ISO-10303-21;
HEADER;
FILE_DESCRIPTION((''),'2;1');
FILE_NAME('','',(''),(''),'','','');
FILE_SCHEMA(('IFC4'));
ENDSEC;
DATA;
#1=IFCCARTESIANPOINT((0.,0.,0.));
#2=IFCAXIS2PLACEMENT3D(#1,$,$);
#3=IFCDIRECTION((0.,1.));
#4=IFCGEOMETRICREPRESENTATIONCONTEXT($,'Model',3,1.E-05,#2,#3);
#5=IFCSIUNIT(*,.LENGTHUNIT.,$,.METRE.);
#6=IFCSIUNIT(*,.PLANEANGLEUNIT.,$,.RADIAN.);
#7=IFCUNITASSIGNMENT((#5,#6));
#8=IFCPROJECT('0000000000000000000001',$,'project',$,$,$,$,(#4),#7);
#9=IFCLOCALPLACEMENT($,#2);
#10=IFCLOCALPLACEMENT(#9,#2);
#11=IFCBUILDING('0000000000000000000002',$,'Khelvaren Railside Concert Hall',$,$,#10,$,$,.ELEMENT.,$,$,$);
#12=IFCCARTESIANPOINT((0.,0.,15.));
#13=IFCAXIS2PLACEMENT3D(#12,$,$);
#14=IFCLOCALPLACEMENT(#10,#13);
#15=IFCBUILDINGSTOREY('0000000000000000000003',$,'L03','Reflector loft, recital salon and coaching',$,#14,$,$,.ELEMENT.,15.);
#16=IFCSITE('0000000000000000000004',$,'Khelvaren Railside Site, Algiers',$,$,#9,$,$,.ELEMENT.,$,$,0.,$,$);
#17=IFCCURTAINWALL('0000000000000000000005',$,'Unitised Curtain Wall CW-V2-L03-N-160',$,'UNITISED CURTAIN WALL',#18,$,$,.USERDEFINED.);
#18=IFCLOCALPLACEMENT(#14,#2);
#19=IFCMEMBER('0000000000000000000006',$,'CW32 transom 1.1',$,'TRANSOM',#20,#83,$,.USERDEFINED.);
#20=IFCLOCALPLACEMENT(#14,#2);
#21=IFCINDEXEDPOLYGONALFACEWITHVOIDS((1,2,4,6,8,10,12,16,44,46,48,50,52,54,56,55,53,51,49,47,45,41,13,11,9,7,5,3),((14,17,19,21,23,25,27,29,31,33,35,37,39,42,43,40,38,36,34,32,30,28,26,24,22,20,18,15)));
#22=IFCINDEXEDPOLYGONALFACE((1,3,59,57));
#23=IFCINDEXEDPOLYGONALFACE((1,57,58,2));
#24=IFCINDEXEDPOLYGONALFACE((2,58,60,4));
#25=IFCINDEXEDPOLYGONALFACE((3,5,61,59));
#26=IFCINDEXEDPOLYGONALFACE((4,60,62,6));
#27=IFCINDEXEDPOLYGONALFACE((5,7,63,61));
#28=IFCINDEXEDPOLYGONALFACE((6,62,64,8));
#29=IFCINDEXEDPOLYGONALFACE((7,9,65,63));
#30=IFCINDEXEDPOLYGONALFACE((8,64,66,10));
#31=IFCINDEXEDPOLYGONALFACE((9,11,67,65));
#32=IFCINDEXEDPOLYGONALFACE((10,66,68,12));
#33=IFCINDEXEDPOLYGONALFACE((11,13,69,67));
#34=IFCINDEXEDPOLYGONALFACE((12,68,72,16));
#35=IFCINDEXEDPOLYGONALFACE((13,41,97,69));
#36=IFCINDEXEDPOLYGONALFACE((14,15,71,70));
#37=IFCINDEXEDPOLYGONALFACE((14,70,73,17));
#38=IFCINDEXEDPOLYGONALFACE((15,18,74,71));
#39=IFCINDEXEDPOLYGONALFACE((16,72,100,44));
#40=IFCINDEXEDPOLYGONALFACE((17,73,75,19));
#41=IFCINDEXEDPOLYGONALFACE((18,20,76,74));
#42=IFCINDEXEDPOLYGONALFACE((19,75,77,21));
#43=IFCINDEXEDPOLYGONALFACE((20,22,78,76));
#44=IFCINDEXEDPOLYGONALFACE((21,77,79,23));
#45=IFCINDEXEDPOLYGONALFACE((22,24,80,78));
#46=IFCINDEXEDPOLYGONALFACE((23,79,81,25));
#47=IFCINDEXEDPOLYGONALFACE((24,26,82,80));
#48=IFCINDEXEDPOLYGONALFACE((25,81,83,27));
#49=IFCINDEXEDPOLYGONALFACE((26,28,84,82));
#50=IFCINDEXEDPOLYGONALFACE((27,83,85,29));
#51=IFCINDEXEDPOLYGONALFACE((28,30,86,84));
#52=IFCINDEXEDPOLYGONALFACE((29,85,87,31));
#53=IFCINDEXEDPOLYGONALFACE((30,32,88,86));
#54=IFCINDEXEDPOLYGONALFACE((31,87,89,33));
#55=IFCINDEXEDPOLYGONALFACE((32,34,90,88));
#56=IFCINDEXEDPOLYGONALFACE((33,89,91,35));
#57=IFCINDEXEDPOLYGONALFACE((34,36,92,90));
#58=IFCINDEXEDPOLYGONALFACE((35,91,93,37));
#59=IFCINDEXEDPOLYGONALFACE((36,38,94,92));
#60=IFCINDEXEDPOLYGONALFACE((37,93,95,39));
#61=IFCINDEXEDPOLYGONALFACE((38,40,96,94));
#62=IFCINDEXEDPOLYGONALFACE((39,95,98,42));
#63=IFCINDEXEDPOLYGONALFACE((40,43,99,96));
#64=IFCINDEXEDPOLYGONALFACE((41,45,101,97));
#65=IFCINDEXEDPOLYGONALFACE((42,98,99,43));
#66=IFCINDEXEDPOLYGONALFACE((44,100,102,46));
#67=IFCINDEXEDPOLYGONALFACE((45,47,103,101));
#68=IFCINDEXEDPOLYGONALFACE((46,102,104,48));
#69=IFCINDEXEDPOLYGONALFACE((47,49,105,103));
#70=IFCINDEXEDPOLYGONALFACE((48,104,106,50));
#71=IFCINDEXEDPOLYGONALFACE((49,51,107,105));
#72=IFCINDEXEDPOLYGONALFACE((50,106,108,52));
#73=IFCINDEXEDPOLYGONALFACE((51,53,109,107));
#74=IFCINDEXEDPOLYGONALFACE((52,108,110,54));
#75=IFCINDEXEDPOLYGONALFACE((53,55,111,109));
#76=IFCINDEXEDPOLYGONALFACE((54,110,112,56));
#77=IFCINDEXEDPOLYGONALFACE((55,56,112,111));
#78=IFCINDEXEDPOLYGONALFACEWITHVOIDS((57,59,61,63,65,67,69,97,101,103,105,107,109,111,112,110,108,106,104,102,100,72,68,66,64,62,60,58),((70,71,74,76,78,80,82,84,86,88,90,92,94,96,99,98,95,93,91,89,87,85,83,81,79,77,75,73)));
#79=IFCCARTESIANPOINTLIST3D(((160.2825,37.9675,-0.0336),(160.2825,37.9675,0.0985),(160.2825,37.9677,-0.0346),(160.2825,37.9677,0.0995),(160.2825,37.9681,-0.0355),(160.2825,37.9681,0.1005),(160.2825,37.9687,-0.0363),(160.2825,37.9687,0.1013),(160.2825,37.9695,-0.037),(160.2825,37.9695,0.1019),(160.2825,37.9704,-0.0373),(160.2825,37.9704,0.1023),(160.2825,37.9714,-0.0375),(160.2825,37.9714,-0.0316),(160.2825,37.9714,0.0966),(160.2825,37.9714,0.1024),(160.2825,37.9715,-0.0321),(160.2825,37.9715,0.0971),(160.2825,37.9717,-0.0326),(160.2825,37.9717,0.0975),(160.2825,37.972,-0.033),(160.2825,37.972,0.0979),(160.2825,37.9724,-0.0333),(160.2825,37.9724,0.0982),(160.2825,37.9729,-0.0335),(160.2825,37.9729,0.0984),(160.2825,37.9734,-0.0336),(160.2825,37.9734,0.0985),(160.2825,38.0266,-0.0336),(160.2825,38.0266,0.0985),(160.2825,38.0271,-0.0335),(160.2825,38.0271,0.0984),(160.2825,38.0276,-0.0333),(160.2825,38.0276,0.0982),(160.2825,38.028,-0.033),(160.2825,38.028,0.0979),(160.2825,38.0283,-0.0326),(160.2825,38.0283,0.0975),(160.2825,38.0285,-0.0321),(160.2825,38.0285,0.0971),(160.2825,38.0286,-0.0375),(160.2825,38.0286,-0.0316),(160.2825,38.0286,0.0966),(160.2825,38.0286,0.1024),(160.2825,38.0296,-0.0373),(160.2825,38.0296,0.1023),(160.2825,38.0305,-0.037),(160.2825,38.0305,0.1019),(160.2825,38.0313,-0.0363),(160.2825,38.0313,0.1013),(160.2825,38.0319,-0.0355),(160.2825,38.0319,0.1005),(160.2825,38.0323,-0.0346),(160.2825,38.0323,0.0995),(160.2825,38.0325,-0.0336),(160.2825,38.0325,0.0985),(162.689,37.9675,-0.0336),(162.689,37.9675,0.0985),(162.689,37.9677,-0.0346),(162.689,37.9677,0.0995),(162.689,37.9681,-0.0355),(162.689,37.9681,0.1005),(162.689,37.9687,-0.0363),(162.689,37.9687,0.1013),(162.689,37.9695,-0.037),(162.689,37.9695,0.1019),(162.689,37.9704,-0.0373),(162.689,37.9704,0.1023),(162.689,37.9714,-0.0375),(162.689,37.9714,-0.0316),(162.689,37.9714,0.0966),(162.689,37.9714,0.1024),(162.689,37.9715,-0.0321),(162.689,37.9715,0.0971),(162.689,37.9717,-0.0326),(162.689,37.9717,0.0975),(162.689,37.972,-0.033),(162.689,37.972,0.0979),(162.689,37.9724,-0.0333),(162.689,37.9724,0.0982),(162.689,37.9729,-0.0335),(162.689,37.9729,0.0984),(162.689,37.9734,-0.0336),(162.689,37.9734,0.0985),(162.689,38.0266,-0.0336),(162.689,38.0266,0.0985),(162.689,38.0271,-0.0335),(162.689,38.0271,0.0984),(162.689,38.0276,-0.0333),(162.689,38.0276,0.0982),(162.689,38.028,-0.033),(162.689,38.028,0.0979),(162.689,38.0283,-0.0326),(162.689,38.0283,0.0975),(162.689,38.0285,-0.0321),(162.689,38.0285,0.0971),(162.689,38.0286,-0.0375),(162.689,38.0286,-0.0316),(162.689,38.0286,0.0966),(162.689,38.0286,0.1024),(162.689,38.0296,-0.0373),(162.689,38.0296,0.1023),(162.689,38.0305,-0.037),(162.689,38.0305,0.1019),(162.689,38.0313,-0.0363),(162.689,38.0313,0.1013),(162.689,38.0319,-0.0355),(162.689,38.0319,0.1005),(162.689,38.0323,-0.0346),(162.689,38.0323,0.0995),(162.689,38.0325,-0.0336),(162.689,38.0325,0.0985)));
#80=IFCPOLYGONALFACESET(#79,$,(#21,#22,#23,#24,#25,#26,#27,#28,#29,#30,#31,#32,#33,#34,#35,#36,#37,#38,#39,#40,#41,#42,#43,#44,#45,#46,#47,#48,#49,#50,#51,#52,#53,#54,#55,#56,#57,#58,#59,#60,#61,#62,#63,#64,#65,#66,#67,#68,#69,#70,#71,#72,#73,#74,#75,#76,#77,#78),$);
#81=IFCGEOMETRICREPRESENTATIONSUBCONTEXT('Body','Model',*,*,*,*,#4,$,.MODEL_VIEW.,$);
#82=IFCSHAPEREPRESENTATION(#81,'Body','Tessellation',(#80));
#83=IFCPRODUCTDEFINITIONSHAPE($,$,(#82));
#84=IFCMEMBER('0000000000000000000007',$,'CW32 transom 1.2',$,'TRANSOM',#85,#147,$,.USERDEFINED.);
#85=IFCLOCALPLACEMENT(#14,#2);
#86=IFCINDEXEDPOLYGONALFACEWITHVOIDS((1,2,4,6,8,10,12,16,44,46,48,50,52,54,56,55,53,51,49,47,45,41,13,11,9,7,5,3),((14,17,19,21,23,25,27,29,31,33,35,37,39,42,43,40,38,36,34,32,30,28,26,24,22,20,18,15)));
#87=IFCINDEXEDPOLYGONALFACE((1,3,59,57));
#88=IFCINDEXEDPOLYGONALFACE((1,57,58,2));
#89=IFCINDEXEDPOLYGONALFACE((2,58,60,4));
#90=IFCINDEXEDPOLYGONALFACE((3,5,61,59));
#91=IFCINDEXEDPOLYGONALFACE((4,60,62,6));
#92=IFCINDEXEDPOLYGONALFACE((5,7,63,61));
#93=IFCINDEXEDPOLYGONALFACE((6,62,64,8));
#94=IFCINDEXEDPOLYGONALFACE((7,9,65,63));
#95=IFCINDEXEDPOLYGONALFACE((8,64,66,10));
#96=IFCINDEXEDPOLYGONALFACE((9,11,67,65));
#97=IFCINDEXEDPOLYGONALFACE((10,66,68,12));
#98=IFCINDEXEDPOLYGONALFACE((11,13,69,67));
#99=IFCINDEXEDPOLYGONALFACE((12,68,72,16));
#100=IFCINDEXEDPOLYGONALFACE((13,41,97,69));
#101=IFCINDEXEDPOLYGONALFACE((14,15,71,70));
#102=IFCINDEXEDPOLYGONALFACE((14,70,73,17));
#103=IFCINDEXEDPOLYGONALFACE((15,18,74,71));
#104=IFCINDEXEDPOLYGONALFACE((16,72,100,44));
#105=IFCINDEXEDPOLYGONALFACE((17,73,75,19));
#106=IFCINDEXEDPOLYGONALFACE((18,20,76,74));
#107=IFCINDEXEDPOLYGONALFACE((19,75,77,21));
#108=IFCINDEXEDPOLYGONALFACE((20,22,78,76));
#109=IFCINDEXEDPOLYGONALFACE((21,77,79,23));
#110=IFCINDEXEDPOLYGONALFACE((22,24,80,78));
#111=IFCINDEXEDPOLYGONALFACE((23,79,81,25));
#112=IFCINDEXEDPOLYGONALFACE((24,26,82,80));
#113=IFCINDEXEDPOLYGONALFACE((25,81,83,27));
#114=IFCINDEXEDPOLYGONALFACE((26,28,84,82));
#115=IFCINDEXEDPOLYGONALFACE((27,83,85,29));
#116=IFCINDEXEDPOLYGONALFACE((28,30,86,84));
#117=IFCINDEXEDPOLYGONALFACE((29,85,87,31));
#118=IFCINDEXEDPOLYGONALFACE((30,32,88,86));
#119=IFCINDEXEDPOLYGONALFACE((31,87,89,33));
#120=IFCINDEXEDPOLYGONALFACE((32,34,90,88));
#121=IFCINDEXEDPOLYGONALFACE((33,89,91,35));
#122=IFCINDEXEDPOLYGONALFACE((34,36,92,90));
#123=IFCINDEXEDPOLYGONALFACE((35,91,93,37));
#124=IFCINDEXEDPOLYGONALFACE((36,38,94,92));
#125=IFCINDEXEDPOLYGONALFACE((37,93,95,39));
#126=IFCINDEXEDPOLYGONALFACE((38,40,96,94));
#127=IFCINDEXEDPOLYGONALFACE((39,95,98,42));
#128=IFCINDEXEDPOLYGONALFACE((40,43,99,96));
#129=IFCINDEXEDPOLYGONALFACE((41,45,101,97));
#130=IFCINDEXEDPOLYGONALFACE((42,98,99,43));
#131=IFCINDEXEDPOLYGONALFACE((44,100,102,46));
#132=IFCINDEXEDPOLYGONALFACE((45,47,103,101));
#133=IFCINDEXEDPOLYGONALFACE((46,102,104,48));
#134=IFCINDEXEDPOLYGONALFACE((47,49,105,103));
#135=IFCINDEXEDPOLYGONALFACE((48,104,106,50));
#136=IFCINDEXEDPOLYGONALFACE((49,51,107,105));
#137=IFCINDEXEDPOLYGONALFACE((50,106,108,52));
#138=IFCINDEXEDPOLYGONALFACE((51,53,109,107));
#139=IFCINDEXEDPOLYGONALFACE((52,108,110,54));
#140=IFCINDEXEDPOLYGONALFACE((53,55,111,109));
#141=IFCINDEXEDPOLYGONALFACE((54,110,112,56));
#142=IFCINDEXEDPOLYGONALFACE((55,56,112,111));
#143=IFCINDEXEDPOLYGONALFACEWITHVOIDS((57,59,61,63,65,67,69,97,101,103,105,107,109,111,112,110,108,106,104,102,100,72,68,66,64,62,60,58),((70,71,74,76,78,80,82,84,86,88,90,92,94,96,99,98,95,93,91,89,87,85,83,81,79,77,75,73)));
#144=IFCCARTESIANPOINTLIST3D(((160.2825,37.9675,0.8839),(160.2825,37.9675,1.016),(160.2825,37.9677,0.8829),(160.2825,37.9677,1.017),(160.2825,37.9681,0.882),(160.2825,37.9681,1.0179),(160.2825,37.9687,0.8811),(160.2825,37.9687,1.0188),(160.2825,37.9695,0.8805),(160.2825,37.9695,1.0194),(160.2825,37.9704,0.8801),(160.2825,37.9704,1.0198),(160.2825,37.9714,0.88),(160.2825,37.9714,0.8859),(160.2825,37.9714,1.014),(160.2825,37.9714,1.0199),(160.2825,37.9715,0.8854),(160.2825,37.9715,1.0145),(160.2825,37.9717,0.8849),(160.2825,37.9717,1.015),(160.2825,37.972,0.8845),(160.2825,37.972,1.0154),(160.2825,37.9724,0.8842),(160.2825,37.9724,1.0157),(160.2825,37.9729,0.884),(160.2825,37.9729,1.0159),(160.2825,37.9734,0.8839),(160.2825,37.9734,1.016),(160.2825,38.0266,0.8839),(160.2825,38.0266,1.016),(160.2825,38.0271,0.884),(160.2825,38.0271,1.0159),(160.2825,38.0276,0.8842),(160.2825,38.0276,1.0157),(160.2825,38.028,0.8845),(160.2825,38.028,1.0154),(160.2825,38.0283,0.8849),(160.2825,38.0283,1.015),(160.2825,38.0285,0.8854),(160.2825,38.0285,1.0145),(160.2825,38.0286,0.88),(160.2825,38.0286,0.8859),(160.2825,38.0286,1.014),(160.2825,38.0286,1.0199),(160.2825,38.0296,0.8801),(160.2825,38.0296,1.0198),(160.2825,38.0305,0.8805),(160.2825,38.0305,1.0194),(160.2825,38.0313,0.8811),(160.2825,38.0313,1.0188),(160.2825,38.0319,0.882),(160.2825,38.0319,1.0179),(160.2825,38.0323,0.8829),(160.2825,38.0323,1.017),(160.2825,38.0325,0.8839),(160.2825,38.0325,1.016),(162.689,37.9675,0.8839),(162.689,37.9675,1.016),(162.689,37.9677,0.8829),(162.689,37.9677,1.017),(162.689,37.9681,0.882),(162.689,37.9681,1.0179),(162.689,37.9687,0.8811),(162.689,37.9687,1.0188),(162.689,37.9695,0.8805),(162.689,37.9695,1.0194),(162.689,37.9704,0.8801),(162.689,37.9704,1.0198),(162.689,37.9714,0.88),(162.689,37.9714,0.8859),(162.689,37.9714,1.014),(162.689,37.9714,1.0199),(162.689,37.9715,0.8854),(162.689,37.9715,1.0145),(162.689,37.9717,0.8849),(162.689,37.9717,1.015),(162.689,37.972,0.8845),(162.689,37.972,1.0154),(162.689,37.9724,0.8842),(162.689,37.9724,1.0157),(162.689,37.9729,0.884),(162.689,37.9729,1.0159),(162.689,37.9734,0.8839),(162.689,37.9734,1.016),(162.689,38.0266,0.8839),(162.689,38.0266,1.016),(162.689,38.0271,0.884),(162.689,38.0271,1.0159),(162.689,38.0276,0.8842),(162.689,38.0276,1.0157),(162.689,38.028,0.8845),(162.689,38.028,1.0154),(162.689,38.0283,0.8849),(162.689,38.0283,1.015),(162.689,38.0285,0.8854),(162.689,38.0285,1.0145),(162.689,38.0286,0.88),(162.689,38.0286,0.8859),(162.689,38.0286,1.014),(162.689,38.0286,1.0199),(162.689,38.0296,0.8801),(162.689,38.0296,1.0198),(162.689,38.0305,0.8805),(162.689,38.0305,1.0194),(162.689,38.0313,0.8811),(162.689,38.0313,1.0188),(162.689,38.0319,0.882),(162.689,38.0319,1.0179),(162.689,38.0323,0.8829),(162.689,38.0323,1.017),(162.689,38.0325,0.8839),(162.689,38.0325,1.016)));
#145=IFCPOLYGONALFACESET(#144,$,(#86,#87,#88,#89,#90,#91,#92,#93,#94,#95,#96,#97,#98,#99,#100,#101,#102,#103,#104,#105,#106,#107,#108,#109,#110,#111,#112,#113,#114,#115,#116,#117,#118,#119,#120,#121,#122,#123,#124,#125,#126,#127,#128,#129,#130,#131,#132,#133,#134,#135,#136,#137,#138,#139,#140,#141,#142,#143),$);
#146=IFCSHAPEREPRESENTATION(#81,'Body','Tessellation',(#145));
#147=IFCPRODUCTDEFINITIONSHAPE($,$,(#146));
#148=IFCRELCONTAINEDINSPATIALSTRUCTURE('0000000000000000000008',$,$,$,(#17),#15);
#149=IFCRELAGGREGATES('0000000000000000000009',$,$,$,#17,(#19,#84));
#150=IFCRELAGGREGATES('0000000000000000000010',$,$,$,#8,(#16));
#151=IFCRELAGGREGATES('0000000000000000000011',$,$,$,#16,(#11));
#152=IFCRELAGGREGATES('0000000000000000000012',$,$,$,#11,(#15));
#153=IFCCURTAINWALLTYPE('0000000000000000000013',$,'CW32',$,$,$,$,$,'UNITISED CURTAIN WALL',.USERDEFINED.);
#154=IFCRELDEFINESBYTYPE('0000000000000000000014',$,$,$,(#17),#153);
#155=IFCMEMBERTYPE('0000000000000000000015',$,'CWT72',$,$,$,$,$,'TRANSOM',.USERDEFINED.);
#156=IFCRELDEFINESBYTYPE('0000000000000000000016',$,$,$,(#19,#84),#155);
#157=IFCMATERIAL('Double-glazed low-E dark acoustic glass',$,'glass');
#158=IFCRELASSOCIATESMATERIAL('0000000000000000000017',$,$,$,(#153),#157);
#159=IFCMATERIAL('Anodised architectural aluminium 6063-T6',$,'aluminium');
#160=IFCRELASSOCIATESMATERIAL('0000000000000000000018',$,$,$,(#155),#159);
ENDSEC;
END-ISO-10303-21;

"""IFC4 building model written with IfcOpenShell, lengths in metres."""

from ifc_helpers import new_model, si_unit, direction, frame, origin, origin_2d, place, context, subcontext, project, spatial, hollow_rectangle, extrude, material, material_profile, profile_set, type_object, element, aggregate, save


model = new_model("IFC4")

# Units and contexts
model_context = context("Model", 3, precision=1e-05, world=origin(), true_north=direction((0.0, 1.0)))
body_context = subcontext(model_context, "Body", "Model", "MODEL_VIEW")
ifc_project = project(units=[si_unit("LENGTHUNIT", "METRE"), si_unit("PLANEANGLEUNIT", "RADIAN")], contexts=[model_context])

# Site, building, storey
site_placement = place(None, origin())
site = spatial("IfcSite", under=ifc_project, at=site_placement, Name="Khelvaren Railside Site, Algiers", CompositionType="ELEMENT", RefElevation=0.0)
building_placement = place(site_placement, origin())
building = spatial("IfcBuilding", under=site, at=building_placement, Name="Khelvaren Railside Concert Hall", CompositionType="ELEMENT")
storey_placement = place(building_placement, frame((0.0, 0.0, 15.0)))
storey = spatial("IfcBuildingStorey", under=building, at=storey_placement, Name="L03", Description="Reflector loft, recital salon and coaching", CompositionType="ELEMENT", Elevation=15.0)

# Shared definitions
ifc_material_1 = material(Name="Double-glazed low-E dark acoustic glass", Category="glass")
ifc_material_2 = material(Name="Anodised architectural aluminium 6063-T6", Category="aluminium")

# Curtain wall
curtain_wall_type_1 = type_object("IfcCurtainWallType", Name="CW32", ElementType="UNITISED CURTAIN WALL", PredefinedType="USERDEFINED", material=ifc_material_1)
curtain_wall_1_placement = place(storey_placement, origin())
curtain_wall_1 = element("IfcCurtainWall", 1, at=curtain_wall_1_placement, inside=storey, type_object=curtain_wall_type_1, Name="Unitised Curtain Wall CW-V2-L03-N-160", ObjectType="UNITISED CURTAIN WALL", PredefinedType="USERDEFINED")

# Members
ifc_material_profile_1 = material_profile(ifc_material_2, hollow_rectangle(XDim=0.0649, YDim=0.1399, WallThickness=0.0039, InnerFilletRadius=0.002, OuterFilletRadius=0.0039, at=origin_2d()), Name="CWT 65x140x4")
ifc_profile_set_1 = profile_set([ifc_material_profile_1], Name="Anodised architectural aluminium 6063-T6")
member_type_1 = type_object("IfcMemberType", Name="CWT72", ElementType="TRANSOM", PredefinedType="USERDEFINED", material=ifc_profile_set_1)
member_1_placement = place(storey_placement, frame((160.2825, 38.0, 0.0325), z_axis=(1.0, 0.0, 0.0), x_axis=(0.0, 1.0, 0.0)))
member_1 = element("IfcMember", 2, at=member_1_placement, type_object=member_type_1, Name="CW32 transom 1.1", ObjectType="TRANSOM", PredefinedType="USERDEFINED", context=body_context, shape_type="SweptSolid", body=[
    extrude(hollow_rectangle(XDim=0.0649, YDim=0.1399, WallThickness=0.0039, InnerFilletRadius=0.002, OuterFilletRadius=0.0039, at=origin_2d()), origin(), (0.0, 0.0, 1.0), 2.4065),
])
member_2_placement = place(storey_placement, frame((160.2825, 38.0, 0.95), z_axis=(1.0, 0.0, 0.0), x_axis=(0.0, 1.0, 0.0)))
member_2 = element("IfcMember", 3, at=member_2_placement, type_object=member_type_1, Name="CW32 transom 1.2", ObjectType="TRANSOM", PredefinedType="USERDEFINED", context=body_context, shape_type="SweptSolid", body=[
    extrude(hollow_rectangle(XDim=0.0649, YDim=0.1399, WallThickness=0.0039, InnerFilletRadius=0.002, OuterFilletRadius=0.0039, at=origin_2d()), origin(), (0.0, 0.0, 1.0), 2.4065),
])

aggregate(curtain_wall_1, [member_1, member_2])

save(model, "model.ifc")
